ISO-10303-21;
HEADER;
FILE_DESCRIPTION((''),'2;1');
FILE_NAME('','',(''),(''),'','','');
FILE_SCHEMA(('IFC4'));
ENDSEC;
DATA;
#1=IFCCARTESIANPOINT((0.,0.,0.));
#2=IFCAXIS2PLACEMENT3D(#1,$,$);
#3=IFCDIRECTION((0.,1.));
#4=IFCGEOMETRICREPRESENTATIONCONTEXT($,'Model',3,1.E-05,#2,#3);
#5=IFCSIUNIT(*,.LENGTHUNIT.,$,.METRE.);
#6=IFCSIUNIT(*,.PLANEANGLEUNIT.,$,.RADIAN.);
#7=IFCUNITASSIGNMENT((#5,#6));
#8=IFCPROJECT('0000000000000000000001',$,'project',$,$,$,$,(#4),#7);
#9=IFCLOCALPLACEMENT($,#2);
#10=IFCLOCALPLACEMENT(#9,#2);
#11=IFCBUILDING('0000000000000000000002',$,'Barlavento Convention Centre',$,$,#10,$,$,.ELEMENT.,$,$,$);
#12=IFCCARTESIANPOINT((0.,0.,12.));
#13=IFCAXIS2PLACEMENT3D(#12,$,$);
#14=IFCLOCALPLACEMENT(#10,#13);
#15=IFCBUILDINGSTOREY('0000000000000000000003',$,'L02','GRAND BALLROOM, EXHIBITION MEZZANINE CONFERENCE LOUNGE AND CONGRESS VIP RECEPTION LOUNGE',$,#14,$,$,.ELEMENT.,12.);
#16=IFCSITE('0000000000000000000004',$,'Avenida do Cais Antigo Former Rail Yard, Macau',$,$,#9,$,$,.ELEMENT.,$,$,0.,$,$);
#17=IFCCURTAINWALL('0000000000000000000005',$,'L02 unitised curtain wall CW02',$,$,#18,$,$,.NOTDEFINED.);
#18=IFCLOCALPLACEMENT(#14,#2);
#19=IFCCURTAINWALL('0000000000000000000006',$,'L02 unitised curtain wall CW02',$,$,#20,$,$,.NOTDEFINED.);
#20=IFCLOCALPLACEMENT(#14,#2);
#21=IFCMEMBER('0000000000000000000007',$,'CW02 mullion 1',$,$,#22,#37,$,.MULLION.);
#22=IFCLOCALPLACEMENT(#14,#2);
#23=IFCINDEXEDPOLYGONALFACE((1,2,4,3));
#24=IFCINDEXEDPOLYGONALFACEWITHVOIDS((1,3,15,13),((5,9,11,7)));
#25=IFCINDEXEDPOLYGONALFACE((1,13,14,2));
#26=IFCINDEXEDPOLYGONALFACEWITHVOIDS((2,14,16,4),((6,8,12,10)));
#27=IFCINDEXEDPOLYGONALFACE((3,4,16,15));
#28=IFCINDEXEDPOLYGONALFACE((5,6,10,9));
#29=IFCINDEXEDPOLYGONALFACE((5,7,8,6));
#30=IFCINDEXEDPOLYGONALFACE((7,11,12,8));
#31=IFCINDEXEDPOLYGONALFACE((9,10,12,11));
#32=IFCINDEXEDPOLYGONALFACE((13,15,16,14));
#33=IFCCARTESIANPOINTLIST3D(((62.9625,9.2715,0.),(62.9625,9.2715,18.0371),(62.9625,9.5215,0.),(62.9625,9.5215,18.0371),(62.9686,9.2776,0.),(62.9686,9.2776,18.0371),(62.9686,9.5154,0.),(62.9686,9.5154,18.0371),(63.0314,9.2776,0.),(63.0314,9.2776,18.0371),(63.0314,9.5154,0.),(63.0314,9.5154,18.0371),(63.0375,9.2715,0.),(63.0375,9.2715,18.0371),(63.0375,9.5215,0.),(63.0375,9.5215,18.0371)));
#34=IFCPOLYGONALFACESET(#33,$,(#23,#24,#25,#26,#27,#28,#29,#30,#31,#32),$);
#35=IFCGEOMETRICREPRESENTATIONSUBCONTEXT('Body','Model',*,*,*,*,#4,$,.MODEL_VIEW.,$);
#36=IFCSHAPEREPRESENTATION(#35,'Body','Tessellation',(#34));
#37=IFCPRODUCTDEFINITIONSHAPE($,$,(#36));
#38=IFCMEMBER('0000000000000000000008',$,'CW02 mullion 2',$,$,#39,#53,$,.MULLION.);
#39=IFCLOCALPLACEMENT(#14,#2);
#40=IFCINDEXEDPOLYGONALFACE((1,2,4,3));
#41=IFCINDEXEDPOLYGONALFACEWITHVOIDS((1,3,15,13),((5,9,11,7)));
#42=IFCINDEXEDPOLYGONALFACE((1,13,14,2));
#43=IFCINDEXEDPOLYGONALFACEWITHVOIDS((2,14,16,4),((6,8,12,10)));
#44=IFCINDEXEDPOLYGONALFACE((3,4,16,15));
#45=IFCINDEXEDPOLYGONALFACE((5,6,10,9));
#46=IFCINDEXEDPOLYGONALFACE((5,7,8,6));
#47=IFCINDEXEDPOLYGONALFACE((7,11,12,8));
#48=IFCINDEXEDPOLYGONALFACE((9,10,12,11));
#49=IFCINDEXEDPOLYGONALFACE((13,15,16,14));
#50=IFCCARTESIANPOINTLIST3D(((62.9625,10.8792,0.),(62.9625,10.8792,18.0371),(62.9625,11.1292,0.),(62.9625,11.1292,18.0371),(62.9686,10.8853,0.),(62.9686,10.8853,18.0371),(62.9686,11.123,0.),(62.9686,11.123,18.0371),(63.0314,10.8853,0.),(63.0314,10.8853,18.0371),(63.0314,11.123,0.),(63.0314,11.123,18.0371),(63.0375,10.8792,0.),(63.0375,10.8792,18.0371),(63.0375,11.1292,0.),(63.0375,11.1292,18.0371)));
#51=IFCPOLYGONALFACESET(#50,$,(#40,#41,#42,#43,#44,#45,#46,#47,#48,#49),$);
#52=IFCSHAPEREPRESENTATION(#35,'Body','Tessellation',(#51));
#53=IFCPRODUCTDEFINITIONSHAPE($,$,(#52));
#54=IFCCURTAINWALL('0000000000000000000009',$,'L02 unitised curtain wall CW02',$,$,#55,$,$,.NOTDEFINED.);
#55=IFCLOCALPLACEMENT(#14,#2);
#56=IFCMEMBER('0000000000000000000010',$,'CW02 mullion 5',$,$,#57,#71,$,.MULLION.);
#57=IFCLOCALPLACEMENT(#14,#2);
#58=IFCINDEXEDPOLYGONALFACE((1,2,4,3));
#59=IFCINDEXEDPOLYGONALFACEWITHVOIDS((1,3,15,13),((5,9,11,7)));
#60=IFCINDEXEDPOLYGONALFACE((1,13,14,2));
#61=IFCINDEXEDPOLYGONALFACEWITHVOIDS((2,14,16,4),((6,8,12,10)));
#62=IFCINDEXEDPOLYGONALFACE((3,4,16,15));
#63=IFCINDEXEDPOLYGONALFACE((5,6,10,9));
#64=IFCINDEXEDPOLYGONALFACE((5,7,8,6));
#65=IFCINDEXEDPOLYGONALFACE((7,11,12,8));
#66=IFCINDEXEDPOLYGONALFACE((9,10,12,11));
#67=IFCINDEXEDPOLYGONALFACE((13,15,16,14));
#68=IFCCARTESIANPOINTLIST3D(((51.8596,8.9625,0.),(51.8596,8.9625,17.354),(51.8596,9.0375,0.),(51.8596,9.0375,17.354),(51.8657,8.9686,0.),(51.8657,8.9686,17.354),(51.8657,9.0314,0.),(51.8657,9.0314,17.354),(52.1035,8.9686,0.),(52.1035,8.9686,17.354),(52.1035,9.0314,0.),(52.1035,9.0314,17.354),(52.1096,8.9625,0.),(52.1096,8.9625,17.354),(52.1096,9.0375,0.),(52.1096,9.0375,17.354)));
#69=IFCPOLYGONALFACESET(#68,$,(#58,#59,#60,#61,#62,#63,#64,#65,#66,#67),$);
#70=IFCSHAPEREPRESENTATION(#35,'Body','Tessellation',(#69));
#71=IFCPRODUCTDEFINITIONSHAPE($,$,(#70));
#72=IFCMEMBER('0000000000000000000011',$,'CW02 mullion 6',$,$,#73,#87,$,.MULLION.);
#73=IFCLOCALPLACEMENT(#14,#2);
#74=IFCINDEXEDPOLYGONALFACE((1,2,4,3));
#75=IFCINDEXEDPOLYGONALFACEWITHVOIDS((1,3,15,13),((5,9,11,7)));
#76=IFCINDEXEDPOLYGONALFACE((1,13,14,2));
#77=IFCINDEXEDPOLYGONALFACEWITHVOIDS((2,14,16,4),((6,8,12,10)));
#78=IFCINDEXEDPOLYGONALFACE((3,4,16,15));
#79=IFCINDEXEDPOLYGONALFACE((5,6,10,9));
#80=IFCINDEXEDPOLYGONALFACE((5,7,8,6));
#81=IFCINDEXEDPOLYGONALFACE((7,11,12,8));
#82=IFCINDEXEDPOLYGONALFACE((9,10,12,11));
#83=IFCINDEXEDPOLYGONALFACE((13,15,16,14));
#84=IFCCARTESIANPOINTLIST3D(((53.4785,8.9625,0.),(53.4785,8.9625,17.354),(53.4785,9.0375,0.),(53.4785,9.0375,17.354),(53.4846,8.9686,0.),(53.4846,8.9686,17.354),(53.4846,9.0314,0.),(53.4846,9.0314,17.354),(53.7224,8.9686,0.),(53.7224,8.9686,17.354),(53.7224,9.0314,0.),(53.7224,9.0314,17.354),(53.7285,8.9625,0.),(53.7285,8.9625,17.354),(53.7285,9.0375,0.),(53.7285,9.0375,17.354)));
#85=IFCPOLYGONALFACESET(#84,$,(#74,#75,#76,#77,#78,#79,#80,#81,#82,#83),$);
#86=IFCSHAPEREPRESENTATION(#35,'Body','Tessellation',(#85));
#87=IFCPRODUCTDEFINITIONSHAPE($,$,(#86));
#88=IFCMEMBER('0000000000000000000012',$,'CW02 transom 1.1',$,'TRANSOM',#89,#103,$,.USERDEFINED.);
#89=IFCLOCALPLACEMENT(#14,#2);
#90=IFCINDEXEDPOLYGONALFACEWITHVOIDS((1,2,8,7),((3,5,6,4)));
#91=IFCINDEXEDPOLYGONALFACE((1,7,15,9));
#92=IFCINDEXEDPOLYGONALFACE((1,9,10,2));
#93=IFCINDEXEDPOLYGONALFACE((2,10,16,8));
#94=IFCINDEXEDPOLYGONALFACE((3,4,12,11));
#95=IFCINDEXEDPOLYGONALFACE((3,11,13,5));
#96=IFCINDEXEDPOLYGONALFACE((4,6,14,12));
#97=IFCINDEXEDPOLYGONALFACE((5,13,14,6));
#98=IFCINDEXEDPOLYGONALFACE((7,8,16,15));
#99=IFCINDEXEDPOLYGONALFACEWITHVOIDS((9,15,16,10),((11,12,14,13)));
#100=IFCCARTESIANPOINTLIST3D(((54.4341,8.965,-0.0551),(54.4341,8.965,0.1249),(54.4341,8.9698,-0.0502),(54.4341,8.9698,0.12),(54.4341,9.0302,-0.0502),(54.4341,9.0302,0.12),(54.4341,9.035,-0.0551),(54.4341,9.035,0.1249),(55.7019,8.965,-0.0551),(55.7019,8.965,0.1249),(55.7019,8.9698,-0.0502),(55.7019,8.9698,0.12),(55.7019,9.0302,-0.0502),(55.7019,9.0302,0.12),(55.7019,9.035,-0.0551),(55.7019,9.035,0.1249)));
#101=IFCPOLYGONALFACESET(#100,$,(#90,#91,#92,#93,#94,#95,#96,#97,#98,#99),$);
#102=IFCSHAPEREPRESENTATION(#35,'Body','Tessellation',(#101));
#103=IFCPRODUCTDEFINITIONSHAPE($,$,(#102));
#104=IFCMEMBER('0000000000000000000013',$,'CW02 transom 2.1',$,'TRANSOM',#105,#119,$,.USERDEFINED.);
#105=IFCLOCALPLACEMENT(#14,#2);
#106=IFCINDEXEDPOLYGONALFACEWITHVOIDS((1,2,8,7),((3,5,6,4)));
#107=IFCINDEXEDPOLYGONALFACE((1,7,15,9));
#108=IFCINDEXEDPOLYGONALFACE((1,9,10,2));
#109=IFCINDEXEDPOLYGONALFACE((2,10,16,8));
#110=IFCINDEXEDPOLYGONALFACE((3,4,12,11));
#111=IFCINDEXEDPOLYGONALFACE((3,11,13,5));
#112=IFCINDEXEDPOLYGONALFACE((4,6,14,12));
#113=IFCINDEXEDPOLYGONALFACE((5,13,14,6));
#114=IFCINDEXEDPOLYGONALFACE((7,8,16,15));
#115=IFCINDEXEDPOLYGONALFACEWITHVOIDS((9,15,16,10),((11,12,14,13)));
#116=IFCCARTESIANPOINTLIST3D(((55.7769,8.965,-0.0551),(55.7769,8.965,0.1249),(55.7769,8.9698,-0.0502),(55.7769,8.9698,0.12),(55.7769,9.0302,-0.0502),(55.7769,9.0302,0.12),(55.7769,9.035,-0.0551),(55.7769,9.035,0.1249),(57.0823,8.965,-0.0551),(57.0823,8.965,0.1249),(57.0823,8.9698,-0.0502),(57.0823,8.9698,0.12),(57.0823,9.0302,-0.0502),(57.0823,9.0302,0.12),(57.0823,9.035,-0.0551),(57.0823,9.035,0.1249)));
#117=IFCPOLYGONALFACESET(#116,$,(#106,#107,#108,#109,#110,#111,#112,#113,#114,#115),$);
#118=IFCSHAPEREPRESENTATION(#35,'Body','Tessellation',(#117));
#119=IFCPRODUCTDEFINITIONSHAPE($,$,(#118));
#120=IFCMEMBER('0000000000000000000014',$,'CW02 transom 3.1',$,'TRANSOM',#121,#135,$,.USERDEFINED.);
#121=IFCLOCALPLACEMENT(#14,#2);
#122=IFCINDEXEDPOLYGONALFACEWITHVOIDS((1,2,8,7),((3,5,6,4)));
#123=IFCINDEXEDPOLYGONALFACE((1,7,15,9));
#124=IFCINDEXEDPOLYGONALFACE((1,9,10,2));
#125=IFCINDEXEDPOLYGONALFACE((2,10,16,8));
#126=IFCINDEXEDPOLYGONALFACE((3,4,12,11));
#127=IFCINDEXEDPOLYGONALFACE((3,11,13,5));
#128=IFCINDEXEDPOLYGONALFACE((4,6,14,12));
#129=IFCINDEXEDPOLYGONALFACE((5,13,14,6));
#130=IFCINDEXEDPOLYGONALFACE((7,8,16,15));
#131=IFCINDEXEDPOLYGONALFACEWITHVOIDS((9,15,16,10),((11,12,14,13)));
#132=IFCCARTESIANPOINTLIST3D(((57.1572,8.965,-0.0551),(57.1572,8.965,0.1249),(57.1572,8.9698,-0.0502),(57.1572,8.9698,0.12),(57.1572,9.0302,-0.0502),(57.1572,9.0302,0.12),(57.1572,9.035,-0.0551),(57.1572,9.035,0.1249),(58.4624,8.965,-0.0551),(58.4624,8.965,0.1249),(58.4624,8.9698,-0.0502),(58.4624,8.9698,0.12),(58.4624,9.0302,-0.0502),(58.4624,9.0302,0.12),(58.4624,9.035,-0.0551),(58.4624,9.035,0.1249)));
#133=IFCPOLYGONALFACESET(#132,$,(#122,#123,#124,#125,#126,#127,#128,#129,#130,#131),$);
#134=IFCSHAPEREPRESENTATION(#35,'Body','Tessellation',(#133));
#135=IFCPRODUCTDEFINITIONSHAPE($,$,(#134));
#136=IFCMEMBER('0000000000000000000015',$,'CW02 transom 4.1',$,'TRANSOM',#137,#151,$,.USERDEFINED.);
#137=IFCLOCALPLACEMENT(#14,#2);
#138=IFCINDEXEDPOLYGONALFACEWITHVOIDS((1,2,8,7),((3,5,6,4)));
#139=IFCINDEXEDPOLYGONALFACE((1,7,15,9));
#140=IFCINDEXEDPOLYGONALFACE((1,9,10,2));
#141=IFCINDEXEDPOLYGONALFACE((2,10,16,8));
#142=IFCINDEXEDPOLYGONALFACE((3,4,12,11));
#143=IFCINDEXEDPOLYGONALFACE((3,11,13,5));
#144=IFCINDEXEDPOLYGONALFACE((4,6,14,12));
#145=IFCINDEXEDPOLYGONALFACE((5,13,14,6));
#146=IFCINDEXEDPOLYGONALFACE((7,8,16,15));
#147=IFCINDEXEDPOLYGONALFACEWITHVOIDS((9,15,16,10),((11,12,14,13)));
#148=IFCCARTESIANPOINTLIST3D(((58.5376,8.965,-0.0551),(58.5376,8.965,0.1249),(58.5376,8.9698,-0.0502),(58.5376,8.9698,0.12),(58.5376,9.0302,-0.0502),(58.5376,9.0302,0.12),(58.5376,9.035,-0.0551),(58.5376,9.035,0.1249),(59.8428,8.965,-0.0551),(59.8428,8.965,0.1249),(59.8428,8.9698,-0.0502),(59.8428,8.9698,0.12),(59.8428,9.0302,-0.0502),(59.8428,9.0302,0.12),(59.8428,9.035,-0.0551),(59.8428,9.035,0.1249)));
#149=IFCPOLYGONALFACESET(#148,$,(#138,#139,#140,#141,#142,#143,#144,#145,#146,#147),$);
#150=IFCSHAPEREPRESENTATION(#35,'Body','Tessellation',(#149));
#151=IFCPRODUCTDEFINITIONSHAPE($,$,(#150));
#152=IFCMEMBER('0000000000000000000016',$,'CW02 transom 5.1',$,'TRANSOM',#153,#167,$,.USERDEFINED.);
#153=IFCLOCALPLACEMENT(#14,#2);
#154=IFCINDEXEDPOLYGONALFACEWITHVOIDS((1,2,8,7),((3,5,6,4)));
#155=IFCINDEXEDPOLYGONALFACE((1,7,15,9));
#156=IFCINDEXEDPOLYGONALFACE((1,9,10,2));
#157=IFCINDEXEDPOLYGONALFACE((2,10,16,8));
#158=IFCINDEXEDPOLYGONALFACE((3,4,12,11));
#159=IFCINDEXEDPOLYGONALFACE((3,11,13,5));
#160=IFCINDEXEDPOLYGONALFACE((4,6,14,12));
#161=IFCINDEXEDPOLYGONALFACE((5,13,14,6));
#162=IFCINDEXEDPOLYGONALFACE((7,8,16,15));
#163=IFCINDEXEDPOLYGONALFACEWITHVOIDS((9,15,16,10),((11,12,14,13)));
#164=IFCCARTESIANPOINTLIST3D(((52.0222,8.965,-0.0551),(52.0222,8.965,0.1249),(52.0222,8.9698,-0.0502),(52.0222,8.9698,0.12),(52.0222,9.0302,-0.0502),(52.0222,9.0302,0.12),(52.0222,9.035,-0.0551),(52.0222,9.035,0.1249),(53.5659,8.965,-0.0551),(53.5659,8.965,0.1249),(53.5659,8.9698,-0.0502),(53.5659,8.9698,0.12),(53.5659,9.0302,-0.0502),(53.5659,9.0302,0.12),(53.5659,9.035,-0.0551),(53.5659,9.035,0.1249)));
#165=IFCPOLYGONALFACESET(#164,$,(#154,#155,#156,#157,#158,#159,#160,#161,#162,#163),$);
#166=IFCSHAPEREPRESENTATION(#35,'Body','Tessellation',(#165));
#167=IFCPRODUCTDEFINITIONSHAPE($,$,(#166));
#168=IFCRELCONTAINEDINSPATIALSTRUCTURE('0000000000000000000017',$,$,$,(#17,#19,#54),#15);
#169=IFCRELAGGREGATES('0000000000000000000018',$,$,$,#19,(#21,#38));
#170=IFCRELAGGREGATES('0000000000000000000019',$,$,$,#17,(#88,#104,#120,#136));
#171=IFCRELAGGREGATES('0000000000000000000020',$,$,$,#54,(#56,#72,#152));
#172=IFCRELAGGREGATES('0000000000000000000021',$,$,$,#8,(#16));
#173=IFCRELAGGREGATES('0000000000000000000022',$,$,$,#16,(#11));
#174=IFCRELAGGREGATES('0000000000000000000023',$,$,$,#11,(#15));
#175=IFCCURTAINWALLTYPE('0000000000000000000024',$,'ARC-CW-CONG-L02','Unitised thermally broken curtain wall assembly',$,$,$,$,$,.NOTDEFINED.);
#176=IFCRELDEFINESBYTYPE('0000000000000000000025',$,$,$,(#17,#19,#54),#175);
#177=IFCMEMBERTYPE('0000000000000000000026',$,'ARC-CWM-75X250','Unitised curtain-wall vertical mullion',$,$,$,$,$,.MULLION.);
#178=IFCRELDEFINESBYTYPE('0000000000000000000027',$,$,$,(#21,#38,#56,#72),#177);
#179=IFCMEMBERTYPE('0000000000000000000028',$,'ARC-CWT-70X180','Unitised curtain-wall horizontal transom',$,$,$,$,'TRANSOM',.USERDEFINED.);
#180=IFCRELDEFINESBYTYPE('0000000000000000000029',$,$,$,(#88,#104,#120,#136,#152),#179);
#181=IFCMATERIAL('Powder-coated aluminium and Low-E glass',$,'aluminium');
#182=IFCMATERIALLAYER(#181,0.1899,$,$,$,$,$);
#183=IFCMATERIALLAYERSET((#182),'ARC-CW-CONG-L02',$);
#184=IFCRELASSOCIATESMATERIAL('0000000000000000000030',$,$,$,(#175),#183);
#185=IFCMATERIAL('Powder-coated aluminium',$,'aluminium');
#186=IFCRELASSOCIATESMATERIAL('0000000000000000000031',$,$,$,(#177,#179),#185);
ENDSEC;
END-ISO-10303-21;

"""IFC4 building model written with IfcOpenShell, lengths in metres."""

from ifc_helpers import new_model, si_unit, direction, frame, origin, origin_2d, place, context, subcontext, project, spatial, hollow_rectangle, extrude, material, layer, layer_set, material_profile, profile_set, type_object, element, aggregate, save


model = new_model("IFC4")

# Units and contexts
model_context = context("Model", 3, precision=1e-05, world=origin(), true_north=direction((0.0, 1.0)))
body_context = subcontext(model_context, "Body", "Model", "MODEL_VIEW")
ifc_project = project(units=[si_unit("LENGTHUNIT", "METRE"), si_unit("PLANEANGLEUNIT", "RADIAN")], contexts=[model_context])

# Site, building, storey
site_placement = place(None, origin())
site = spatial("IfcSite", under=ifc_project, at=site_placement, Name="Avenida do Cais Antigo Former Rail Yard, Macau", CompositionType="ELEMENT", RefElevation=0.0)
building_placement = place(site_placement, origin())
building = spatial("IfcBuilding", under=site, at=building_placement, Name="Barlavento Convention Centre", CompositionType="ELEMENT")
storey_placement = place(building_placement, frame((0.0, 0.0, 12.0)))
storey = spatial("IfcBuildingStorey", under=building, at=storey_placement, Name="L02", Description="GRAND BALLROOM, EXHIBITION MEZZANINE CONFERENCE LOUNGE AND CONGRESS VIP RECEPTION LOUNGE", CompositionType="ELEMENT", Elevation=12.0)

# Curtain walls, members
ifc_material_1 = material(Name="Powder-coated aluminium and Low-E glass", Category="aluminium")
ifc_layer = layer(ifc_material_1, 0.1899)
ifc_layer_set = layer_set([ifc_layer], Name="ARC-CW-CONG-L02")
curtain_wall_type = type_object("IfcCurtainWallType", Name="ARC-CW-CONG-L02", Description="Unitised thermally broken curtain wall assembly", PredefinedType="NOTDEFINED", material=ifc_layer_set)
curtain_wall_1_placement = place(storey_placement, origin())
curtain_wall_1 = element("IfcCurtainWall", 1, at=curtain_wall_1_placement, inside=storey, type_object=curtain_wall_type, Name="L02 unitised curtain wall CW02", PredefinedType="NOTDEFINED")
ifc_material_2 = material(Name="Powder-coated aluminium", Category="aluminium")
ifc_material_profile_1 = material_profile(ifc_material_2, hollow_rectangle(XDim=0.075, YDim=0.25, WallThickness=0.0061, at=origin_2d()), Name="AL-MULL 75x250x6")
ifc_profile_set_1 = profile_set([ifc_material_profile_1], Name="Powder-coated aluminium")
member_type_1 = type_object("IfcMemberType", Name="ARC-CWM-75X250", Description="Unitised curtain-wall vertical mullion", PredefinedType="MULLION", material=ifc_profile_set_1)
curtain_wall_2_placement = place(storey_placement, origin())
curtain_wall_2 = element("IfcCurtainWall", 2, at=curtain_wall_2_placement, inside=storey, type_object=curtain_wall_type, Name="L02 unitised curtain wall CW02", PredefinedType="NOTDEFINED")
member_1_placement = place(storey_placement, frame((63.0, 9.3965, 0.0), z_axis=(0.0, 0.0, 1.0), x_axis=(-1.0, 0.0, 0.0)))
member_1 = element("IfcMember", 3, at=member_1_placement, type_object=member_type_1, Name="CW02 mullion 1", PredefinedType="MULLION", context=body_context, shape_type="SweptSolid", body=[
    extrude(hollow_rectangle(XDim=0.075, YDim=0.25, WallThickness=0.0061, at=origin_2d()), origin(), (0.0, 0.0, 1.0), 18.0371),
])
member_2_placement = place(storey_placement, frame((63.0, 11.0042, 0.0), z_axis=(0.0, 0.0, 1.0), x_axis=(-1.0, 0.0, 0.0)))
member_2 = element("IfcMember", 4, at=member_2_placement, type_object=member_type_1, Name="CW02 mullion 2", PredefinedType="MULLION", context=body_context, shape_type="SweptSolid", body=[
    extrude(hollow_rectangle(XDim=0.075, YDim=0.25, WallThickness=0.0061, at=origin_2d()), origin(), (0.0, 0.0, 1.0), 18.0371),
])
aggregate(curtain_wall_2, [member_1, member_2])
curtain_wall_3_placement = place(storey_placement, origin())
curtain_wall_3 = element("IfcCurtainWall", 5, at=curtain_wall_3_placement, inside=storey, type_object=curtain_wall_type, Name="L02 unitised curtain wall CW02", PredefinedType="NOTDEFINED")
member_3_placement = place(storey_placement, frame((51.9846, 9.0, 0.0), z_axis=(0.0, 0.0, 1.0), x_axis=(0.0, 1.0, 0.0)))
member_3 = element("IfcMember", 6, at=member_3_placement, type_object=member_type_1, Name="CW02 mullion 5", PredefinedType="MULLION", context=body_context, shape_type="SweptSolid", body=[
    extrude(hollow_rectangle(XDim=0.075, YDim=0.25, WallThickness=0.0061, at=origin_2d()), origin(), (0.0, 0.0, 1.0), 17.354),
])
member_4_placement = place(storey_placement, frame((53.6035, 9.0, 0.0), z_axis=(0.0, 0.0, 1.0), x_axis=(0.0, 1.0, 0.0)))
member_4 = element("IfcMember", 7, at=member_4_placement, type_object=member_type_1, Name="CW02 mullion 6", PredefinedType="MULLION", context=body_context, shape_type="SweptSolid", body=[
    extrude(hollow_rectangle(XDim=0.075, YDim=0.25, WallThickness=0.0061, at=origin_2d()), origin(), (0.0, 0.0, 1.0), 17.354),
])

# Members
ifc_material_profile_2 = material_profile(ifc_material_2, hollow_rectangle(XDim=0.0701, YDim=0.1799, WallThickness=0.0049, at=origin_2d()), Name="AL-TRAN 70x180x5")
ifc_profile_set_2 = profile_set([ifc_material_profile_2], Name="Powder-coated aluminium")
member_type_2 = type_object("IfcMemberType", Name="ARC-CWT-70X180", Description="Unitised curtain-wall horizontal transom", ElementType="TRANSOM", PredefinedType="USERDEFINED", material=ifc_profile_set_2)
member_5_placement = place(storey_placement, frame((54.4341, 9.0, 0.0349), z_axis=(1.0, 0.0, 0.0), x_axis=(0.0, 1.0, 0.0)))
member_5 = element("IfcMember", 8, at=member_5_placement, type_object=member_type_2, Name="CW02 transom 1.1", ObjectType="TRANSOM", PredefinedType="USERDEFINED", context=body_context, shape_type="SweptSolid", body=[
    extrude(hollow_rectangle(XDim=0.0701, YDim=0.1799, WallThickness=0.0049, at=origin_2d()), origin(), (0.0, 0.0, 1.0), 1.2678),
])
member_6_placement = place(storey_placement, frame((55.7769, 9.0, 0.0349), z_axis=(1.0, 0.0, 0.0), x_axis=(0.0, 1.0, 0.0)))
member_6 = element("IfcMember", 9, at=member_6_placement, type_object=member_type_2, Name="CW02 transom 2.1", ObjectType="TRANSOM", PredefinedType="USERDEFINED", context=body_context, shape_type="SweptSolid", body=[
    extrude(hollow_rectangle(XDim=0.0701, YDim=0.1799, WallThickness=0.0049, at=origin_2d()), origin(), (0.0, 0.0, 1.0), 1.3054),
])
member_7_placement = place(storey_placement, frame((57.1572, 9.0, 0.0349), z_axis=(1.0, 0.0, 0.0), x_axis=(0.0, 1.0, 0.0)))
member_7 = element("IfcMember", 10, at=member_7_placement, type_object=member_type_2, Name="CW02 transom 3.1", ObjectType="TRANSOM", PredefinedType="USERDEFINED", context=body_context, shape_type="SweptSolid", body=[
    extrude(hollow_rectangle(XDim=0.0701, YDim=0.1799, WallThickness=0.0049, at=origin_2d()), origin(), (0.0, 0.0, 1.0), 1.3052),
])
member_8_placement = place(storey_placement, frame((58.5376, 9.0, 0.0349), z_axis=(1.0, 0.0, 0.0), x_axis=(0.0, 1.0, 0.0)))
member_8 = element("IfcMember", 11, at=member_8_placement, type_object=member_type_2, Name="CW02 transom 4.1", ObjectType="TRANSOM", PredefinedType="USERDEFINED", context=body_context, shape_type="SweptSolid", body=[
    extrude(hollow_rectangle(XDim=0.0701, YDim=0.1799, WallThickness=0.0049, at=origin_2d()), origin(), (0.0, 0.0, 1.0), 1.3052),
])
aggregate(curtain_wall_1, [member_5, member_6, member_7, member_8])
member_9_placement = place(storey_placement, frame((52.0222, 9.0, 0.0349), z_axis=(1.0, 0.0, 0.0), x_axis=(0.0, 1.0, 0.0)))
member_9 = element("IfcMember", 12, at=member_9_placement, type_object=member_type_2, Name="CW02 transom 5.1", ObjectType="TRANSOM", PredefinedType="USERDEFINED", context=body_context, shape_type="SweptSolid", body=[
    extrude(hollow_rectangle(XDim=0.0701, YDim=0.1799, WallThickness=0.0049, at=origin_2d()), origin(), (0.0, 0.0, 1.0), 1.5437),
])
aggregate(curtain_wall_3, [member_3, member_4, member_9])

save(model, "model.ifc")
